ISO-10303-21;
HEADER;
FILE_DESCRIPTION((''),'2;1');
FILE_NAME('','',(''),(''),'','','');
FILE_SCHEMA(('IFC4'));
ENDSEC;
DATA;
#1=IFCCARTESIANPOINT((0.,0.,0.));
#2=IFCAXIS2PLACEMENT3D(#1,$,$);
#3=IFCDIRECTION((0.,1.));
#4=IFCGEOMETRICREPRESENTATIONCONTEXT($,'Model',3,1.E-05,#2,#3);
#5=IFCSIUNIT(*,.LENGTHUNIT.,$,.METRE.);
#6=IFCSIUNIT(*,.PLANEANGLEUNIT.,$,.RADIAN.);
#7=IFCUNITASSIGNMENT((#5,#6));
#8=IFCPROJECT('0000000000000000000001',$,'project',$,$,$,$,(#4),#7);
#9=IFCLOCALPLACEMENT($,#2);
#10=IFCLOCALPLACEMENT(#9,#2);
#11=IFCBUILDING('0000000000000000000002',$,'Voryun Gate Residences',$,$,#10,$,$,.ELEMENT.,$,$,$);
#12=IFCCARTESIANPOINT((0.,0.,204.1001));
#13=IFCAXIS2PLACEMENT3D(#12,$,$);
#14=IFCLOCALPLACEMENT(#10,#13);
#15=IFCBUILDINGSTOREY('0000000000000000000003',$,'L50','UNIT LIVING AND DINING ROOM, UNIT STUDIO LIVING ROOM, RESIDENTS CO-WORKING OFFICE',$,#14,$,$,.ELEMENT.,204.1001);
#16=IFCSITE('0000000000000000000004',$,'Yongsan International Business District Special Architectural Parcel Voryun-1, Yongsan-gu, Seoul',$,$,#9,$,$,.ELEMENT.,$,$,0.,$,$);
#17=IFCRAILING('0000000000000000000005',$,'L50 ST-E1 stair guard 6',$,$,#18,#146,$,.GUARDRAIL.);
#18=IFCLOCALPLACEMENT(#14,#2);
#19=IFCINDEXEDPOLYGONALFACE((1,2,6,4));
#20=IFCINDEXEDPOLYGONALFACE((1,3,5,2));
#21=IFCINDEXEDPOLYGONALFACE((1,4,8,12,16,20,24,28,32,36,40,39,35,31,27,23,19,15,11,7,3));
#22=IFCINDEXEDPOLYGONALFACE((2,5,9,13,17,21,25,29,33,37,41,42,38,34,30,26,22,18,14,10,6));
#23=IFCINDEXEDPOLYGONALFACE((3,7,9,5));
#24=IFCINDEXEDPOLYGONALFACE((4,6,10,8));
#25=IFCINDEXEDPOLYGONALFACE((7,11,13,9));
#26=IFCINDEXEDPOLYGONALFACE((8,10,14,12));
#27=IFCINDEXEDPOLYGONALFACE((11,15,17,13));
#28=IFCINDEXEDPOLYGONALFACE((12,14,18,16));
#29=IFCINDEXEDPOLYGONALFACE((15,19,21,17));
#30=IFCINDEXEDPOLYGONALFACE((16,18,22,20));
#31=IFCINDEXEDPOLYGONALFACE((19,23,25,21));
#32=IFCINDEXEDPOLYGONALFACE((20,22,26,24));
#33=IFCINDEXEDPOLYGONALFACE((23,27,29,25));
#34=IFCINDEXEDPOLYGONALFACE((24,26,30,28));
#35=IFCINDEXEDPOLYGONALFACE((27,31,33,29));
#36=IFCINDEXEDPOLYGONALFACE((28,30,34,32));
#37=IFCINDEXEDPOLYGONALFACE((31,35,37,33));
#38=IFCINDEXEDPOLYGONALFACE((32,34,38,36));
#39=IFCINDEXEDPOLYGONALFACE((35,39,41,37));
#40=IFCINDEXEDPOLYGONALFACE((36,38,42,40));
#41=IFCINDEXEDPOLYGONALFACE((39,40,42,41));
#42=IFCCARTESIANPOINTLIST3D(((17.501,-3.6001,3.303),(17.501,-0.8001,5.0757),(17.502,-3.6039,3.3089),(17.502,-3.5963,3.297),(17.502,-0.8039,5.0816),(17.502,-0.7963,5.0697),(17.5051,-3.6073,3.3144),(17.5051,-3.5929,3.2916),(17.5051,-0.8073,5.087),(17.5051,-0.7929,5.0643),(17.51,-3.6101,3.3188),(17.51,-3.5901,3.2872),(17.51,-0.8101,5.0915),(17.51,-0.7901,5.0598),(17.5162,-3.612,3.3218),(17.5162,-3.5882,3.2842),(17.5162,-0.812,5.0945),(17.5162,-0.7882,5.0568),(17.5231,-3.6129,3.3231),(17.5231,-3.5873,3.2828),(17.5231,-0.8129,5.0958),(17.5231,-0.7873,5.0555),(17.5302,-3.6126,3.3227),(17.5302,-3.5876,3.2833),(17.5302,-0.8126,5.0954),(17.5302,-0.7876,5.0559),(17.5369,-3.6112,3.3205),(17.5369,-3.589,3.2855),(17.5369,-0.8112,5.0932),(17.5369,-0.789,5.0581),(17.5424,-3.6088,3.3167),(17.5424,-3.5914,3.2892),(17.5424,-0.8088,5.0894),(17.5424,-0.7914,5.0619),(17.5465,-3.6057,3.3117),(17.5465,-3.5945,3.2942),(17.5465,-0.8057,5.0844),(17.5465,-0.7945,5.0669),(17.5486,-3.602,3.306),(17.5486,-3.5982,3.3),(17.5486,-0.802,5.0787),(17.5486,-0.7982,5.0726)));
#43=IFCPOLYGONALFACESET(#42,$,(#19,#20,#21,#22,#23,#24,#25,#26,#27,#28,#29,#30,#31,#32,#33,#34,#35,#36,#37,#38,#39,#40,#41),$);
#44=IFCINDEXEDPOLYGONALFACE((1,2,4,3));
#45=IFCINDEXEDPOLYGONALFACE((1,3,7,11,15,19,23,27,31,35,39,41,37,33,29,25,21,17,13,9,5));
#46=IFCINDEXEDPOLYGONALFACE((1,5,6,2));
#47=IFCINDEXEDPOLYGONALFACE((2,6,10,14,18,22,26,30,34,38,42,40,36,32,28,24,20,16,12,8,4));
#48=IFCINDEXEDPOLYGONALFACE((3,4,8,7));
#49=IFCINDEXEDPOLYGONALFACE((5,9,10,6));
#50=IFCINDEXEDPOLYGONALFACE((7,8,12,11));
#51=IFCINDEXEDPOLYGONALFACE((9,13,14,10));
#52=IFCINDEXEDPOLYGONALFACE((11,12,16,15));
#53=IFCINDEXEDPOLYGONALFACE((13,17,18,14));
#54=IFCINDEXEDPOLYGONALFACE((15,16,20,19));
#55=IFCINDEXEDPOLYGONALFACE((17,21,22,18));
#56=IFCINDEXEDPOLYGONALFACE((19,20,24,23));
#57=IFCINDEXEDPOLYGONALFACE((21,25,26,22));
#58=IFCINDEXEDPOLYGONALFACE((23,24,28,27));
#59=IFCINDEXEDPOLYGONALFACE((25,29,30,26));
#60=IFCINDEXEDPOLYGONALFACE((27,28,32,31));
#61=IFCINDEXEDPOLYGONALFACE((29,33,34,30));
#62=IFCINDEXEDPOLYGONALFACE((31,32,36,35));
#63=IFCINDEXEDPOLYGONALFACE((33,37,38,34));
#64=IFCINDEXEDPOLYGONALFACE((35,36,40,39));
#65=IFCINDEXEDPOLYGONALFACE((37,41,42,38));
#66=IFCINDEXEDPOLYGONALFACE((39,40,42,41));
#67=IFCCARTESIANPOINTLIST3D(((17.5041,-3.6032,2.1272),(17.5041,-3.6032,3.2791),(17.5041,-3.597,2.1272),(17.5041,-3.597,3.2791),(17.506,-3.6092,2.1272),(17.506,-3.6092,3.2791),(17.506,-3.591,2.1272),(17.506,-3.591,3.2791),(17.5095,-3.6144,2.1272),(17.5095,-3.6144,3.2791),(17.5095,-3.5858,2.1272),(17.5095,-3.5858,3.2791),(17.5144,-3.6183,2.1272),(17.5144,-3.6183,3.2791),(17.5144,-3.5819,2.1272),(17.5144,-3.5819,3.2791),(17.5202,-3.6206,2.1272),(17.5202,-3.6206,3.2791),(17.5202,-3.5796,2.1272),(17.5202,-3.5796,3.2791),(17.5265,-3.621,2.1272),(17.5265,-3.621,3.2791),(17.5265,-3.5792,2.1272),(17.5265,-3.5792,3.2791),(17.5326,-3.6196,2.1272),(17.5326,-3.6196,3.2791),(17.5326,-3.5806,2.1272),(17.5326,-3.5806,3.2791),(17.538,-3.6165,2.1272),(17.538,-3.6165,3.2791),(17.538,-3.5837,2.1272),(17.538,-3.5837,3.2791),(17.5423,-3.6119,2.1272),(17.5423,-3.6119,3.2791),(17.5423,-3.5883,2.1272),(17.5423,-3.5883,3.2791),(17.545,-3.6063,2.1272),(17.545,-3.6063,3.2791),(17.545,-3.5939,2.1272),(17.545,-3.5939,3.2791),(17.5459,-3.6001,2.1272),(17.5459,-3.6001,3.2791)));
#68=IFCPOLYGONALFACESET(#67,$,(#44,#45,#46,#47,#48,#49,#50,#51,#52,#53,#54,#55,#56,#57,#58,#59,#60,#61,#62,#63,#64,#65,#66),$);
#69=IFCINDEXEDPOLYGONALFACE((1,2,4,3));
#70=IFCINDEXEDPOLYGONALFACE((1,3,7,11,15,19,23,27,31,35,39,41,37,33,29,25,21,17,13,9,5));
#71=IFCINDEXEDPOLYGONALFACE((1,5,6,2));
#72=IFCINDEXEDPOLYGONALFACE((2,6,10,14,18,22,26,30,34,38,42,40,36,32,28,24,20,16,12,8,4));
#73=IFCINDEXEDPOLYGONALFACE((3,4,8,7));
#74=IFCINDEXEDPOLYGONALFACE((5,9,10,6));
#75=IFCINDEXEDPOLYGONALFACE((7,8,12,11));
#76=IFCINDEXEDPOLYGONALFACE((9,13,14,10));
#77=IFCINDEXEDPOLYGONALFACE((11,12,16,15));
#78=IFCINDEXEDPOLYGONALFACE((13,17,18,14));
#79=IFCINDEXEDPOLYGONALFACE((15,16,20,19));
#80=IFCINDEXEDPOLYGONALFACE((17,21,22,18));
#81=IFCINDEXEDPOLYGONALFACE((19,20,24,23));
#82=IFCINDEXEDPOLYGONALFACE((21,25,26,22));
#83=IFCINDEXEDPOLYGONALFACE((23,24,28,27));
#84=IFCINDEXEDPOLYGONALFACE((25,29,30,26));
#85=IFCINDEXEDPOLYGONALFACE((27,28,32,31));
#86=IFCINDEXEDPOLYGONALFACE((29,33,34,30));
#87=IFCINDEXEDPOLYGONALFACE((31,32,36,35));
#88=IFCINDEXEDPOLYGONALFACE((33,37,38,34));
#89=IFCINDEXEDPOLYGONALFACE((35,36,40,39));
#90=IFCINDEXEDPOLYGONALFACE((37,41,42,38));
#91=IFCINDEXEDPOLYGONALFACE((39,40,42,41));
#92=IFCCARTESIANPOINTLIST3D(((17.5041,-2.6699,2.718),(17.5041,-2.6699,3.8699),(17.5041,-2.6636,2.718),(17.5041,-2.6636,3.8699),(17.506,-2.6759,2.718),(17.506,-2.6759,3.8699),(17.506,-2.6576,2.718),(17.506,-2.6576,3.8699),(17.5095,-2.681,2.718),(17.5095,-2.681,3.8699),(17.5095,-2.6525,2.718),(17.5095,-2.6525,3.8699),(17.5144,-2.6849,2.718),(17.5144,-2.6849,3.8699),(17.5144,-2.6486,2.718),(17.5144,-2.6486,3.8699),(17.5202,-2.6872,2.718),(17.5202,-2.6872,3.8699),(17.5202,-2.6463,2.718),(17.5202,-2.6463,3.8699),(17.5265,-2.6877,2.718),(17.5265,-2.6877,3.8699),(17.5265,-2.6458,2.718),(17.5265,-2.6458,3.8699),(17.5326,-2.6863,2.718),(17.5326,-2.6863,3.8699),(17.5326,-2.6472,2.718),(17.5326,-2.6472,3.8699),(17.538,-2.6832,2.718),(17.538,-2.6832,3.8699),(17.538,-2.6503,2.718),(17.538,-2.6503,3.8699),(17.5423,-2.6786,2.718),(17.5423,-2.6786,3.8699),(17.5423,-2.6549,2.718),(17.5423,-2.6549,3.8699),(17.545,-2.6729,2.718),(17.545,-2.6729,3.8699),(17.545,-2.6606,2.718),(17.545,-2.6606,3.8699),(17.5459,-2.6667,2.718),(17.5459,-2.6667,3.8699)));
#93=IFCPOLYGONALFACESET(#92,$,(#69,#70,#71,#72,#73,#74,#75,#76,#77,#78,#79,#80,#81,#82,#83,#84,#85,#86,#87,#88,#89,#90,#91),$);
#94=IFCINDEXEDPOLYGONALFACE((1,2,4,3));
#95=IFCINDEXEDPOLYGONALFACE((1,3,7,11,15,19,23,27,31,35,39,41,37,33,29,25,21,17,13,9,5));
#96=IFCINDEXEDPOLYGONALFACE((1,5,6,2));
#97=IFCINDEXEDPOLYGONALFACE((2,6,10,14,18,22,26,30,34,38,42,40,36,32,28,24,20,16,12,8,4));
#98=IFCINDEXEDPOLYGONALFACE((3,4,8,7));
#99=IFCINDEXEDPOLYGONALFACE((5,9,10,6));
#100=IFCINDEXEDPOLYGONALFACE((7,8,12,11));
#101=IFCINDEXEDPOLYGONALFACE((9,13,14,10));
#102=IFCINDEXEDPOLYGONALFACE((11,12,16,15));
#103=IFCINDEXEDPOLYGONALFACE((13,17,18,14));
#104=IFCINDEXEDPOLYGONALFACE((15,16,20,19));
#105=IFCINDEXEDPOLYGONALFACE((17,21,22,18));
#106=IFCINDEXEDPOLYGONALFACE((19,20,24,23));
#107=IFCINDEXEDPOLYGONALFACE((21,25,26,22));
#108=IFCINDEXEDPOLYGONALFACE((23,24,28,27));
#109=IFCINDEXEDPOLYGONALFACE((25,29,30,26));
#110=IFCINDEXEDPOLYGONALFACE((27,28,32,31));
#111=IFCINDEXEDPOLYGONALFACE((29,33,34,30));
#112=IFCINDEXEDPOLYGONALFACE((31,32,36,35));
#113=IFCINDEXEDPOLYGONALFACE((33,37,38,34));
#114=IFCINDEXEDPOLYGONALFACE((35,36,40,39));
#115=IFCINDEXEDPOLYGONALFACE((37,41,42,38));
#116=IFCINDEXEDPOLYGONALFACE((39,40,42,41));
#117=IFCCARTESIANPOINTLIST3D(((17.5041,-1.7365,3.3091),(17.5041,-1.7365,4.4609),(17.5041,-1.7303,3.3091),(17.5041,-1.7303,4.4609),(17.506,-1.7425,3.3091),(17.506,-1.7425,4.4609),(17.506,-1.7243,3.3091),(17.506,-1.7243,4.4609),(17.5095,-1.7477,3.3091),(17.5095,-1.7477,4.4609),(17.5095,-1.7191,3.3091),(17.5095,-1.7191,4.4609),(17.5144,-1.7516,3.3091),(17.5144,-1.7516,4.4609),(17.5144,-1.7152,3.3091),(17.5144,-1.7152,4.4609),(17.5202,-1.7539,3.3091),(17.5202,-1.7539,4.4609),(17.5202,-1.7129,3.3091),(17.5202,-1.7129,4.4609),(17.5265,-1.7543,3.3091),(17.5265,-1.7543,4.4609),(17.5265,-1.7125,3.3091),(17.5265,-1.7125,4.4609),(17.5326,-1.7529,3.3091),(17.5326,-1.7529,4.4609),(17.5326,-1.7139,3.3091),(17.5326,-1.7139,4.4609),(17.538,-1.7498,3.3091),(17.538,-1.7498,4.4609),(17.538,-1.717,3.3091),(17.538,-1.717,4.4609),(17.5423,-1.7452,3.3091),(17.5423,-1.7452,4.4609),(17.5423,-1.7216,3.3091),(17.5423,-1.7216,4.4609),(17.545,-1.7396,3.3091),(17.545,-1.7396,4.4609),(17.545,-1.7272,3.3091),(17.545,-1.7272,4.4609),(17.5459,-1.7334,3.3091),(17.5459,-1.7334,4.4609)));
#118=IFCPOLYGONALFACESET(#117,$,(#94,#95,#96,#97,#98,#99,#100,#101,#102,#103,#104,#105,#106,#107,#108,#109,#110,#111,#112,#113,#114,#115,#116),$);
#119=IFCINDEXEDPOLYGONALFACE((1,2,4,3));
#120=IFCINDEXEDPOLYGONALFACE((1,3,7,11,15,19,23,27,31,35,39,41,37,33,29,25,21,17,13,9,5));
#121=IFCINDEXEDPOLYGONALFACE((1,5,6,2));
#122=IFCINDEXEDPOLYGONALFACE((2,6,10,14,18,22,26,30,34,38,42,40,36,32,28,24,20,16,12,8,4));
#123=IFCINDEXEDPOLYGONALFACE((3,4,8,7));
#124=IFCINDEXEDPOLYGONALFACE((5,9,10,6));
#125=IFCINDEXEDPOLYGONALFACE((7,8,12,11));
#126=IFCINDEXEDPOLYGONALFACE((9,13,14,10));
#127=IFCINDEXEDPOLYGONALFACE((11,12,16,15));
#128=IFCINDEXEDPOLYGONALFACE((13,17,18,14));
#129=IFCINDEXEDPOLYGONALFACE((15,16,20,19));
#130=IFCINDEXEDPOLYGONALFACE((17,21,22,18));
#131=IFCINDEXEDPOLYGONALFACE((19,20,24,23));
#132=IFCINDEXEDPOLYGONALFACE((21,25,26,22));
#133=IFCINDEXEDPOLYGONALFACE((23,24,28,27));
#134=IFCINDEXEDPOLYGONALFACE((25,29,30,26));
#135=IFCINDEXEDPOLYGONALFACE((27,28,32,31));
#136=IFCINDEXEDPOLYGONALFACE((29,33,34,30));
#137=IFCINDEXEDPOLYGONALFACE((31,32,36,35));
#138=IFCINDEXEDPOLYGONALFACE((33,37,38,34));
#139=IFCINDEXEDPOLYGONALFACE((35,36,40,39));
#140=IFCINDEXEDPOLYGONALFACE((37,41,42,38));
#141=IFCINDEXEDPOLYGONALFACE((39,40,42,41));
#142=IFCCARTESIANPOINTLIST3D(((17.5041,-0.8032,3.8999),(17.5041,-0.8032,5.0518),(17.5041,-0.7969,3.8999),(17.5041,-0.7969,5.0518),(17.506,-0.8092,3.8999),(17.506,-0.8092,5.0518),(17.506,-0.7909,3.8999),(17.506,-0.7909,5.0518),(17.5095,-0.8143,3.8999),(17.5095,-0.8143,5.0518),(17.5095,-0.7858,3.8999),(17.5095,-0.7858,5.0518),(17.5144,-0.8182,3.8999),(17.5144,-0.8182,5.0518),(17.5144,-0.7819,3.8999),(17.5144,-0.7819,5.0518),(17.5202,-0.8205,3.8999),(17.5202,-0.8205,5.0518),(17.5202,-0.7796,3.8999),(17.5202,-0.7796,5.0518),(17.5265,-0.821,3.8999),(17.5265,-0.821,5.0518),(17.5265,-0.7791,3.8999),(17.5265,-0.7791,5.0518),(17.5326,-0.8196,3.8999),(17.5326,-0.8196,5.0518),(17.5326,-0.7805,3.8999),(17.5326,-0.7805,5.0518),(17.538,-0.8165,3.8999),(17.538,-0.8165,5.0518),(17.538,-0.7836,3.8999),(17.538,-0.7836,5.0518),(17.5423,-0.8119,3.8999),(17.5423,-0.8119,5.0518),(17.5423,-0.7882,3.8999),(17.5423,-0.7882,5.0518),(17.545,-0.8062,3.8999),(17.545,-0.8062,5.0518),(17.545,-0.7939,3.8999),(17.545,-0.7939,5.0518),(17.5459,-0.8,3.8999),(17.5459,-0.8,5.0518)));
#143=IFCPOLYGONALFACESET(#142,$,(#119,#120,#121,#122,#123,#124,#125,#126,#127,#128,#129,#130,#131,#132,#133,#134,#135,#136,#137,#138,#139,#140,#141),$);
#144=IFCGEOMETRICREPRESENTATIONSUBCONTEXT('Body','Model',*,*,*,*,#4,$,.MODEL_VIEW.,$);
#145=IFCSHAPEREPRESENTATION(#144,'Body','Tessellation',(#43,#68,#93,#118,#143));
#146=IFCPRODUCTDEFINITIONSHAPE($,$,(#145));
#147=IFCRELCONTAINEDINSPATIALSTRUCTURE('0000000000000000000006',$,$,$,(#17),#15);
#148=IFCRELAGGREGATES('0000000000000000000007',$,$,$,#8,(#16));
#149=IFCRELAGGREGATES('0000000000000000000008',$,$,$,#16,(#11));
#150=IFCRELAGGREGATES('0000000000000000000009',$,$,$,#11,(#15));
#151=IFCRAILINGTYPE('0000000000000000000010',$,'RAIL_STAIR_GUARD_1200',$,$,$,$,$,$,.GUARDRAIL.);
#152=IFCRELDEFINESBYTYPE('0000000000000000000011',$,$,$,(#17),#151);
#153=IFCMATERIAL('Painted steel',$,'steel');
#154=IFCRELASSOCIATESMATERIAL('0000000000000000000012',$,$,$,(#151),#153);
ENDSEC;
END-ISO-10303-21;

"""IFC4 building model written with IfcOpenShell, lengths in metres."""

from ifc_helpers import new_model, si_unit, direction, frame, origin, origin_2d, place, context, subcontext, project, spatial, circle, extrude, material, type_object, element, save


model = new_model("IFC4")

# Units and contexts
model_context = context("Model", 3, precision=1e-05, world=origin(), true_north=direction((0.0, 1.0)))
body_context = subcontext(model_context, "Body", "Model", "MODEL_VIEW")
ifc_project = project(units=[si_unit("LENGTHUNIT", "METRE"), si_unit("PLANEANGLEUNIT", "RADIAN")], contexts=[model_context])

# Site, building, storey
site_placement = place(None, origin())
site = spatial("IfcSite", under=ifc_project, at=site_placement, Name="Yongsan International Business District Special Architectural Parcel Voryun-1, Yongsan-gu, Seoul", CompositionType="ELEMENT", RefElevation=0.0)
building_placement = place(site_placement, origin())
building = spatial("IfcBuilding", under=site, at=building_placement, Name="Voryun Gate Residences", CompositionType="ELEMENT")
storey_placement = place(building_placement, frame((0.0, 0.0, 204.1001)))
storey = spatial("IfcBuildingStorey", under=building, at=storey_placement, Name="L50", Description="UNIT LIVING AND DINING ROOM, UNIT STUDIO LIVING ROOM, RESIDENTS CO-WORKING OFFICE", CompositionType="ELEMENT", Elevation=204.1001)

# Railing
ifc_material_1 = material(Name="Painted steel", Category="steel")
railing_type_1 = type_object("IfcRailingType", Name="RAIL_STAIR_GUARD_1200", PredefinedType="GUARDRAIL", material=ifc_material_1)
railing_1_placement = place(storey_placement, frame((17.5249, -3.6001, 2.1272)))
element("IfcRailing", 1, at=railing_1_placement, inside=storey, type_object=railing_type_1, Name="L50 ST-E1 stair guard 6", PredefinedType="GUARDRAIL", context=body_context, shape_type="SweptSolid", body=[
    extrude(circle(Radius=0.0239, at=origin_2d()), frame((0.0, 0.0, 1.1758), z_axis=(0.0, 0.844909, 0.53491), x_axis=(-1.0, 0.0, 0.0)), (0.0, 0.0, 1.0), 3.314),
    extrude(circle(Radius=0.021, at=origin_2d()), origin(), (0.0, 0.0, 1.0), 1.1519),
    extrude(circle(Radius=0.021, at=origin_2d()), frame((0.0, 0.9333, 0.5908)), (0.0, 0.0, 1.0), 1.1519),
    extrude(circle(Radius=0.021, at=origin_2d()), frame((0.0, 1.8667, 1.1819)), (0.0, 0.0, 1.0), 1.1519),
    extrude(circle(Radius=0.021, at=origin_2d()), frame((0.0, 2.8, 1.7727)), (0.0, 0.0, 1.0), 1.1519),
])

save(model, "model.ifc")
